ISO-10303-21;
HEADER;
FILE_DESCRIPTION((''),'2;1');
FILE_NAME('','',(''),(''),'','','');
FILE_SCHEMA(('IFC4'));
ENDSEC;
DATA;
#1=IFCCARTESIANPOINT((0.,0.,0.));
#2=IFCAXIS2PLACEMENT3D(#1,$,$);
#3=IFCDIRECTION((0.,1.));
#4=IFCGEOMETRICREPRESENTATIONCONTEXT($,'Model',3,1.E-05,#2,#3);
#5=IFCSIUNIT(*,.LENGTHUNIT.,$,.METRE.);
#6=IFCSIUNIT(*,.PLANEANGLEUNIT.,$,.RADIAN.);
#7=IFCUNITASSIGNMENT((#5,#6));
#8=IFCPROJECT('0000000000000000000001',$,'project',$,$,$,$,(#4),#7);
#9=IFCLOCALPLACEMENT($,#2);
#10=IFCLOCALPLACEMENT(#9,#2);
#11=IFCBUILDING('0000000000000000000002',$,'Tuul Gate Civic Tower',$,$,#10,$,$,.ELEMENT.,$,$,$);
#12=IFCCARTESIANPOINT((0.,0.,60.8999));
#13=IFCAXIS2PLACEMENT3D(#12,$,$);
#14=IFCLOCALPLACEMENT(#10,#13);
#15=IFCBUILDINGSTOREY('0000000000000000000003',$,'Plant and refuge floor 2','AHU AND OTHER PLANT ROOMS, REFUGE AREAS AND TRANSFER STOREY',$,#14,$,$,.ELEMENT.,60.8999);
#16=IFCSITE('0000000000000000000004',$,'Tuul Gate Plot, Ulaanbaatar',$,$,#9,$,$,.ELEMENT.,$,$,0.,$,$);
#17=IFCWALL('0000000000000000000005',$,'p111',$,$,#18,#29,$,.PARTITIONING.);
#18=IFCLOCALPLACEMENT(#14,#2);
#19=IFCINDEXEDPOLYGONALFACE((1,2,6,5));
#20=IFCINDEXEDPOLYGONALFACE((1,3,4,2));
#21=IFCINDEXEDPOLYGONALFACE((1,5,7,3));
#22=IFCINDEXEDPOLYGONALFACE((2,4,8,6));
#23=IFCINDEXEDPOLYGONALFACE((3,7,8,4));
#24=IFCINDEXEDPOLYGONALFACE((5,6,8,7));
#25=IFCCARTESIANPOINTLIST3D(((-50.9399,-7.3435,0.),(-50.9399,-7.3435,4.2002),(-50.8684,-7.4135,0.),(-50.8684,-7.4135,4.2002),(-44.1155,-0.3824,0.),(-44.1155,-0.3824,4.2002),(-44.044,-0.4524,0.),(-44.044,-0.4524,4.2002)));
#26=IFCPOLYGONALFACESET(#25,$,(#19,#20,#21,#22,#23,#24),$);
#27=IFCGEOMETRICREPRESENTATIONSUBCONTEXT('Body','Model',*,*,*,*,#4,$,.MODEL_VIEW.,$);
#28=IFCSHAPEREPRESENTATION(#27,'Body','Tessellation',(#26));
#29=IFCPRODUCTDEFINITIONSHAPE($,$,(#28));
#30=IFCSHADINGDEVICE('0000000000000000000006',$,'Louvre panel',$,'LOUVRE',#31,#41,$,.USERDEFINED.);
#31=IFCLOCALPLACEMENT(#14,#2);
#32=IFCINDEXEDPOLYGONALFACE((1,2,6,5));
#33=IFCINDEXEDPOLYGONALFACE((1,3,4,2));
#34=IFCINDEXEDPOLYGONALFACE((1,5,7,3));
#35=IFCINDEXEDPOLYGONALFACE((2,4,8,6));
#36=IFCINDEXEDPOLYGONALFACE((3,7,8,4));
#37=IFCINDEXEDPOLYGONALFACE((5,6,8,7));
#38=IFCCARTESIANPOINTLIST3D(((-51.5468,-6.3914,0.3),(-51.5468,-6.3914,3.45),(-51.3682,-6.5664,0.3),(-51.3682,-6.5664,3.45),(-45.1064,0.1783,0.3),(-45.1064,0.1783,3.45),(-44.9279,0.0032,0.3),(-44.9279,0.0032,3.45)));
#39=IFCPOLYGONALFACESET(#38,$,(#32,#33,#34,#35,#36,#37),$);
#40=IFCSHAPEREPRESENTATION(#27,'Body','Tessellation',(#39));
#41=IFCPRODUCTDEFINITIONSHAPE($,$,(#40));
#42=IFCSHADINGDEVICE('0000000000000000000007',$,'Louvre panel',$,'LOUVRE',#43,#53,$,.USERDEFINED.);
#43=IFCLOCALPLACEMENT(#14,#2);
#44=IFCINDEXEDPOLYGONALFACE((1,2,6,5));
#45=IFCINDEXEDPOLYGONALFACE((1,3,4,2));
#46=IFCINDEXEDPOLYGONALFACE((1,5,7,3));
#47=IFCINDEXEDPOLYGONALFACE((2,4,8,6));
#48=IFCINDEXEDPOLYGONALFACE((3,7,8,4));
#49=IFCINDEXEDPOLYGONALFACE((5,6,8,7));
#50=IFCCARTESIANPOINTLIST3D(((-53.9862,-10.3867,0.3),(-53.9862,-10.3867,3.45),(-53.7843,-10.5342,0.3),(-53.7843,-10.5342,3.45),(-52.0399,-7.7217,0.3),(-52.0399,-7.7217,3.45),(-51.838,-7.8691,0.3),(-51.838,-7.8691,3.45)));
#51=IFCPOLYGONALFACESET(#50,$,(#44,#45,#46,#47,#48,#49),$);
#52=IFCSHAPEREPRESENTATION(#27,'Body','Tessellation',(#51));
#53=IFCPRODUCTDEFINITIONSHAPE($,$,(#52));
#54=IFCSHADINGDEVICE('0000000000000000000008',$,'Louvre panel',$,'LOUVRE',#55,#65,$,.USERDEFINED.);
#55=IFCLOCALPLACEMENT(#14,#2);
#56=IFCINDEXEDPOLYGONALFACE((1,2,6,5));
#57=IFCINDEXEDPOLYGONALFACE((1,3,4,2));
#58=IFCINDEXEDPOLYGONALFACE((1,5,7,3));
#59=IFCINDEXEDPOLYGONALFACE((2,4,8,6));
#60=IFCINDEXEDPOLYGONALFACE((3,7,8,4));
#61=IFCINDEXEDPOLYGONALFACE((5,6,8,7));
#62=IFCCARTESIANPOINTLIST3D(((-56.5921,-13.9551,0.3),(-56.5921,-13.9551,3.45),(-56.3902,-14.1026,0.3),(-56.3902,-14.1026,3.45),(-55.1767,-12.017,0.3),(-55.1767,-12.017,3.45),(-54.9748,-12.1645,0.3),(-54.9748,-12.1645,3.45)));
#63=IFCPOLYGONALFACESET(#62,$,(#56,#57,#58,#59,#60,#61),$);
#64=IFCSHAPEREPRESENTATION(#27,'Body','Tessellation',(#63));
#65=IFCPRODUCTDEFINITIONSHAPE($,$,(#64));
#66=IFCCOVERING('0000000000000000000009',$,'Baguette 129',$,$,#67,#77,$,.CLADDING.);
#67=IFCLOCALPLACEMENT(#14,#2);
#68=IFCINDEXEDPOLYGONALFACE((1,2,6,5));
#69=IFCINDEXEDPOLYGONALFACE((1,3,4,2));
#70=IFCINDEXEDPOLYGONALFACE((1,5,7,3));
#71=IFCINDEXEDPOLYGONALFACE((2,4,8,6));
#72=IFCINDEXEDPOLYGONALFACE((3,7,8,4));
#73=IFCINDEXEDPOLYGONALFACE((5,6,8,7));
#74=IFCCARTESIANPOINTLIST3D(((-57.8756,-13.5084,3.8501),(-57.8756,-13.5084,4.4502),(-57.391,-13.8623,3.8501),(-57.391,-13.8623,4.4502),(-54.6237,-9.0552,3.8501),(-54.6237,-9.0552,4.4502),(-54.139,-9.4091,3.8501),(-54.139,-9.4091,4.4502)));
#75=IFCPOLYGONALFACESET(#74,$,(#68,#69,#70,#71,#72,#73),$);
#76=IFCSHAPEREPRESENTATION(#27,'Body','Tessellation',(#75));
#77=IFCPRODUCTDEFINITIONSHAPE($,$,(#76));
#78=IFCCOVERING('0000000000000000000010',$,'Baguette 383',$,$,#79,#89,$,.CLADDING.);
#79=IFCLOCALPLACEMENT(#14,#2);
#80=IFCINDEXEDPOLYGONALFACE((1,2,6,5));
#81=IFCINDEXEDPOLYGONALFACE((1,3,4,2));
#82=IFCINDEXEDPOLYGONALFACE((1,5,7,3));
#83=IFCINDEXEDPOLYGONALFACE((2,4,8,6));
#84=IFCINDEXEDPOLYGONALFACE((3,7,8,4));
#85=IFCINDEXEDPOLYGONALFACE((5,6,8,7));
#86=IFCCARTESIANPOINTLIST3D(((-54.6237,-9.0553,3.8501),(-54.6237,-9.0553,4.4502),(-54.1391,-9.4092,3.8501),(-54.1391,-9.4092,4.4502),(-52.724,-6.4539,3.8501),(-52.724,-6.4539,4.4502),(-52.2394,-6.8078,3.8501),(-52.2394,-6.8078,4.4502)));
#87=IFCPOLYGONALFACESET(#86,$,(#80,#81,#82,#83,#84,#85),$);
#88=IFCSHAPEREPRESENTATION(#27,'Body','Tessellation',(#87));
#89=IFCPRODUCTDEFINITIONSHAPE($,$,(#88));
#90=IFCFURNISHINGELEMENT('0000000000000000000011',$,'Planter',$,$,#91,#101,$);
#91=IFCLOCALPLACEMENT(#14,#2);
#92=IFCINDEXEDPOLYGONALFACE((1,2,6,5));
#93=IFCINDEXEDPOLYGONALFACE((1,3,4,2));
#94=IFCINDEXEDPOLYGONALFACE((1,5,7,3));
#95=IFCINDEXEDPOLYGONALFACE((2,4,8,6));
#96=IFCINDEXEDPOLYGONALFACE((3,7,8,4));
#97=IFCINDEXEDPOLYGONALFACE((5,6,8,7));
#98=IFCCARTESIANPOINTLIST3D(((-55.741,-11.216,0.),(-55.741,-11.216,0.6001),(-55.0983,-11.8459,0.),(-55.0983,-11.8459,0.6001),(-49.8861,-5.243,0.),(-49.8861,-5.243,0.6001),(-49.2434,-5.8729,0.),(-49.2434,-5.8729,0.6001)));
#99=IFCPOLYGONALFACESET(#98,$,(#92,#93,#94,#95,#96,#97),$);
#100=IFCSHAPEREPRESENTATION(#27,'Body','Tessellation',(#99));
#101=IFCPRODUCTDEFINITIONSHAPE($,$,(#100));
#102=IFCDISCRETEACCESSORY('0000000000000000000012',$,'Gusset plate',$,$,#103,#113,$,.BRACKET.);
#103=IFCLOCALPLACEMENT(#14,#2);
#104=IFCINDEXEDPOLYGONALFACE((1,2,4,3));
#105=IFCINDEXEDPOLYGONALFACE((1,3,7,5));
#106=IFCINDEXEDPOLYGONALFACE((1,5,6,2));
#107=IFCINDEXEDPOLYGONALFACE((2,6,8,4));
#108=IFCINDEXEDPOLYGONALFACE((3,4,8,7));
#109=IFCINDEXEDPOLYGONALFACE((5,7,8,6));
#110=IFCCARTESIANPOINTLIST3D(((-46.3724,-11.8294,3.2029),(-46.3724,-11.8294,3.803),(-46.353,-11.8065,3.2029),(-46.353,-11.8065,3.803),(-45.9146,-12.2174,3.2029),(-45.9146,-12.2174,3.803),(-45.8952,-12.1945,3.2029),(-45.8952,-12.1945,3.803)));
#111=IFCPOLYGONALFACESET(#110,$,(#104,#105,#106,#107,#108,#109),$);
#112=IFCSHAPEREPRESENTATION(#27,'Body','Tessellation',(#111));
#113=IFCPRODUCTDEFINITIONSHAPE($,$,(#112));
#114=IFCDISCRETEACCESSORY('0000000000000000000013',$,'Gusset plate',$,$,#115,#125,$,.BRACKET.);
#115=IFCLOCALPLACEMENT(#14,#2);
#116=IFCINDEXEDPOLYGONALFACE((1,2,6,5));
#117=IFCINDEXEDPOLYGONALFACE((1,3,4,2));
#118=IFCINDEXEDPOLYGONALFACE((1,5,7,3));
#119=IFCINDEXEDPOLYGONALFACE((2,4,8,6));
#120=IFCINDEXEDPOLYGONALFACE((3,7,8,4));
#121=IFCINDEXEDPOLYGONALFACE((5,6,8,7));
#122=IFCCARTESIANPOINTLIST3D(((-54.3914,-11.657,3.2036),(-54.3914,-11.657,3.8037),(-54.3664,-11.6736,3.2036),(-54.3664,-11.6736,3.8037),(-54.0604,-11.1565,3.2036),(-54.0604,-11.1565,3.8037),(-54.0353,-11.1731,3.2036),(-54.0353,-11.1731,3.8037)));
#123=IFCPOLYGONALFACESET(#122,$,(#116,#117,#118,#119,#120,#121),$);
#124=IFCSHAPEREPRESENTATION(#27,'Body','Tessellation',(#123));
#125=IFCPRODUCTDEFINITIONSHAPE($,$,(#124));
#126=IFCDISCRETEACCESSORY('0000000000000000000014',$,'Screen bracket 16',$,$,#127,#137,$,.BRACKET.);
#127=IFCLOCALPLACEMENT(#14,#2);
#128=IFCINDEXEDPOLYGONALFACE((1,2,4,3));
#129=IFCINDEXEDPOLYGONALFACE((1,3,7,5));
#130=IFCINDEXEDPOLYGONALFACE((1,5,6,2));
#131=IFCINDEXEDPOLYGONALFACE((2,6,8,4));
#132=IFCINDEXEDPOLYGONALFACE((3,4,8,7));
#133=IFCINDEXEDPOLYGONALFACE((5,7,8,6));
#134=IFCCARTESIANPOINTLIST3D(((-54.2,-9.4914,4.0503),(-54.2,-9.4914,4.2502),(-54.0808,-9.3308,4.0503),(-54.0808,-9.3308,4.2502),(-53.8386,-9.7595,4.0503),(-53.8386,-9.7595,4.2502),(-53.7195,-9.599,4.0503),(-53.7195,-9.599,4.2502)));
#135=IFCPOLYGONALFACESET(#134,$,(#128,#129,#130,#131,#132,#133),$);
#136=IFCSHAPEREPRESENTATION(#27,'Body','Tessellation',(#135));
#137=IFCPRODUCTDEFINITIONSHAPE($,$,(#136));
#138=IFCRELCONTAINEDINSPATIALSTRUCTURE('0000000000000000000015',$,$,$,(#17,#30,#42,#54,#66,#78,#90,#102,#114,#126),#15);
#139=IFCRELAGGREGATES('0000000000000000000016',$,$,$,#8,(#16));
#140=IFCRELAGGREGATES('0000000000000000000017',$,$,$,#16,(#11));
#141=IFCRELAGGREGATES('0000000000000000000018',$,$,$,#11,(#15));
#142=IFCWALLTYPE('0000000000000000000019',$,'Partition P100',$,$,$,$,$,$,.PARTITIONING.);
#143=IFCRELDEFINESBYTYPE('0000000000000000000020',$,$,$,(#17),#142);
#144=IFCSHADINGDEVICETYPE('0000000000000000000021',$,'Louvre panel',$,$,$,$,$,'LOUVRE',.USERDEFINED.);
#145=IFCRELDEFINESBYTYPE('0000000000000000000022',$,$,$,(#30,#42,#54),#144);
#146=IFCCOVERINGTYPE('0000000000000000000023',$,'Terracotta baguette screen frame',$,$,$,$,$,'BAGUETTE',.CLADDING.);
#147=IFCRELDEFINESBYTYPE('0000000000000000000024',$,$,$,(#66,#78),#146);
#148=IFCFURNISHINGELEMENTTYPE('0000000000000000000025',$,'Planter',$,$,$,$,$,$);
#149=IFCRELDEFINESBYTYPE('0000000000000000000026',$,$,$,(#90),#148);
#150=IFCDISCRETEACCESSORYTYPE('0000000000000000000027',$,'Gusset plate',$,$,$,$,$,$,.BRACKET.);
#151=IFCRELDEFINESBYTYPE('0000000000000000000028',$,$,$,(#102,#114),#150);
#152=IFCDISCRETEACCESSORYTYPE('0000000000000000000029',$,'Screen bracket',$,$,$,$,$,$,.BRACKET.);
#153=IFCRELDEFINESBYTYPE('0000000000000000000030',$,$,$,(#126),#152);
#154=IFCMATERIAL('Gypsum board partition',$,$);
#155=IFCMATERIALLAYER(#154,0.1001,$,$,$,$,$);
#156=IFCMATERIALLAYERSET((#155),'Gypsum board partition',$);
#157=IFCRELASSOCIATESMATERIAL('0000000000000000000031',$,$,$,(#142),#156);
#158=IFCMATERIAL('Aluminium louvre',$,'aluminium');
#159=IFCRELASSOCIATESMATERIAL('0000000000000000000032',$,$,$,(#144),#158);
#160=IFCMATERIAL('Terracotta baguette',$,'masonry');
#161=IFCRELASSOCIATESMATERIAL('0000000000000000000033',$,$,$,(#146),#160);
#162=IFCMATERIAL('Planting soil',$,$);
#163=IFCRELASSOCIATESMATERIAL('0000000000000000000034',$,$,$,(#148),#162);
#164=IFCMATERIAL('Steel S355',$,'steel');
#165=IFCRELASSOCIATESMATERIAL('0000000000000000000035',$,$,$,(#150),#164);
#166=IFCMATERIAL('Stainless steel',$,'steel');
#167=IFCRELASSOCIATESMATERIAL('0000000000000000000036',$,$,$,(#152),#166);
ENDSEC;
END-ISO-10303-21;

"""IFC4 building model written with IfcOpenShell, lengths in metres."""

from ifc_helpers import new_model, si_unit, direction, frame, frame_2d, origin, origin_2d, place, context, subcontext, project, spatial, rectangle, extrude, material, layer, layer_set, material_profile, profile_set, type_object, element, save


model = new_model("IFC4")

# Units and contexts
model_context = context("Model", 3, precision=1e-05, world=origin(), true_north=direction((0.0, 1.0)))
body_context = subcontext(model_context, "Body", "Model", "MODEL_VIEW")
ifc_project = project(units=[si_unit("LENGTHUNIT", "METRE"), si_unit("PLANEANGLEUNIT", "RADIAN")], contexts=[model_context])

# Site, building, storey
site_placement = place(None, origin())
site = spatial("IfcSite", under=ifc_project, at=site_placement, Name="Tuul Gate Plot, Ulaanbaatar", CompositionType="ELEMENT", RefElevation=0.0)
building_placement = place(site_placement, origin())
building = spatial("IfcBuilding", under=site, at=building_placement, Name="Tuul Gate Civic Tower", CompositionType="ELEMENT")
storey_placement = place(building_placement, frame((0.0, 0.0, 60.8999)))
storey = spatial("IfcBuildingStorey", under=building, at=storey_placement, Name="Plant and refuge floor 2", Description="AHU AND OTHER PLANT ROOMS, REFUGE AREAS AND TRANSFER STOREY", CompositionType="ELEMENT", Elevation=60.8999)

# Wall
ifc_material_1 = material(Name="Gypsum board partition")
ifc_layer_1 = layer(ifc_material_1, 0.1001)
ifc_layer_set_1 = layer_set([ifc_layer_1], Name="Gypsum board partition")
wall_type_1 = type_object("IfcWallType", Name="Partition P100", PredefinedType="PARTITIONING", material=ifc_layer_set_1)
wall_1_placement = place(storey_placement, frame((-50.9041, -7.3784, 0.0), z_axis=(0.0, 0.0, 1.0), x_axis=(0.70006, 0.714084, 0.0)))
element("IfcWall", 1, at=wall_1_placement, inside=storey, type_object=wall_type_1, Name="p111", PredefinedType="PARTITIONING", context=body_context, shape_type="SweptSolid", body=[
    extrude(rectangle(XDim=9.7483, YDim=0.1001, at=frame_2d((4.874, 0.0))), origin(), (0.0, 0.0, 1.0), 4.2002),
])

# Shading devices
ifc_material_2 = material(Name="Aluminium louvre", Category="aluminium")
shading_device_type = type_object("IfcShadingDeviceType", Name="Louvre panel", ElementType="LOUVRE", PredefinedType="USERDEFINED", material=ifc_material_2)
shading_device_1_placement = place(storey_placement, frame((-48.2373, -3.1941, 0.3), z_axis=(0.0, 0.0, 1.0), x_axis=(-0.7141, 0.700043, 0.0)))
element("IfcShadingDevice", 2, at=shading_device_1_placement, inside=storey, type_object=shading_device_type, Name="Louvre panel", ObjectType="LOUVRE", PredefinedType="USERDEFINED", context=body_context, shape_type="SweptSolid", body=[
    extrude(rectangle(XDim=0.25, YDim=9.2, at=origin_2d()), origin(), (0.0, 0.0, 1.0), 3.1499),
])
shading_device_2_placement = place(storey_placement, frame((-52.9121, -9.1279, 0.3), z_axis=(0.0, 0.0, 1.0), x_axis=(0.807578, -0.58976, 0.0)))
element("IfcShadingDevice", 3, at=shading_device_2_placement, inside=storey, type_object=shading_device_type, Name="Louvre panel", ObjectType="LOUVRE", PredefinedType="USERDEFINED", context=body_context, shape_type="SweptSolid", body=[
    extrude(rectangle(XDim=0.25, YDim=3.3, at=origin_2d()), origin(), (0.0, 0.0, 1.0), 3.1499),
])
shading_device_3_placement = place(storey_placement, frame((-55.7834, -13.0598, 0.3), z_axis=(0.0, 0.0, 1.0), x_axis=(0.807578, -0.58976, 0.0)))
element("IfcShadingDevice", 4, at=shading_device_3_placement, inside=storey, type_object=shading_device_type, Name="Louvre panel", ObjectType="LOUVRE", PredefinedType="USERDEFINED", context=body_context, shape_type="SweptSolid", body=[
    extrude(rectangle(XDim=0.25, YDim=2.3999, at=origin_2d()), origin(), (0.0, 0.0, 1.0), 3.1499),
])

# Coverings
ifc_material_3 = material(Name="Terracotta baguette", Category="masonry")
ifc_material_profile_1 = material_profile(ifc_material_3, rectangle(XDim=0.6001, YDim=0.6001, at=origin_2d()), Name="Terracotta baguette screen frame")
ifc_profile_set_1 = profile_set([ifc_material_profile_1], Name="Terracotta baguette")
covering_type = type_object("IfcCoveringType", Name="Terracotta baguette screen frame", ElementType="BAGUETTE", PredefinedType="CLADDING", material=ifc_profile_set_1)
covering_1_placement = place(storey_placement, frame((-54.3813, -9.2322, 4.1501), z_axis=(-0.58975, -0.807586, 0.0), x_axis=(0.807586, -0.58975, 0.0)))
element("IfcCovering", 5, at=covering_1_placement, inside=storey, type_object=covering_type, Name="Baguette 129", PredefinedType="CLADDING", context=body_context, shape_type="SweptSolid", body=[
    extrude(rectangle(XDim=0.6001, YDim=0.6001, at=origin_2d()), origin(), (0.0, 0.0, 1.0), 5.5142),
])
covering_2_placement = place(storey_placement, frame((-52.4817, -6.6309, 4.1501), z_axis=(-0.589752, -0.807584, 0.0), x_axis=(0.807584, -0.589752, 0.0)))
element("IfcCovering", 6, at=covering_2_placement, inside=storey, type_object=covering_type, Name="Baguette 383", PredefinedType="CLADDING", context=body_context, shape_type="SweptSolid", body=[
    extrude(rectangle(XDim=0.6001, YDim=0.6001, at=origin_2d()), origin(), (0.0, 0.0, 1.0), 3.2212),
])

# Furnishing element
ifc_material_4 = material(Name="Planting soil")
furnishing_element_type = type_object("IfcFurnishingElementType", Name="Planter", material=ifc_material_4)
furnishing_placement = place(storey_placement, frame((-52.4922, -8.5444, 0.0), z_axis=(0.0, 0.0, 1.0), x_axis=(-0.700011, -0.714132, 0.0)))
element("IfcFurnishingElement", 7, at=furnishing_placement, inside=storey, type_object=furnishing_element_type, Name="Planter", context=body_context, shape_type="SweptSolid", body=[
    extrude(rectangle(XDim=8.364, YDim=0.8999, at=origin_2d()), origin(), (0.0, 0.0, 1.0), 0.6001),
])

# Discrete accessories
ifc_material_5 = material(Name="Steel S355", Category="steel")
discrete_accessory_type_1 = type_object("IfcDiscreteAccessoryType", Name="Gusset plate", PredefinedType="BRACKET", material=ifc_material_5)
for number, where, z_axis, x_axis, name in (
    (8, (-46.1338, -12.012, 3.2029), (0.0, 0.0, 1.0), (-0.762825, 0.646605, 0.0), "Gusset plate"),
    (9, (-54.2134, -11.415, 3.2036), (0.0, 0.0, 1.0), (0.551645, 0.834079, 0.0), "Gusset plate"),
):
    element("IfcDiscreteAccessory", number, at=place(storey_placement, frame(where, z_axis=z_axis, x_axis=x_axis)), inside=storey, type_object=discrete_accessory_type_1, Name=name, PredefinedType="BRACKET", context=body_context, shape_type="SweptSolid", body=[
        extrude(rectangle(XDim=0.6001, YDim=0.03, at=origin_2d()), origin(), (0.0, 0.0, 1.0), 0.6001),
    ])
ifc_material_6 = material(Name="Stainless steel", Category="steel")
discrete_accessory_type_2 = type_object("IfcDiscreteAccessoryType", Name="Screen bracket", PredefinedType="BRACKET", material=ifc_material_6)
discrete_accessory_placement = place(storey_placement, frame((-53.9597, -9.5452, 4.0503), z_axis=(0.0, 0.0, 1.0), x_axis=(-0.803018, 0.595954, 0.0)))
element("IfcDiscreteAccessory", 10, at=discrete_accessory_placement, inside=storey, type_object=discrete_accessory_type_2, Name="Screen bracket 16", PredefinedType="BRACKET", context=body_context, shape_type="SweptSolid", body=[
    extrude(rectangle(XDim=0.45, YDim=0.2, at=origin_2d()), origin(), (0.0, 0.0, 1.0), 0.2),
])

save(model, "model.ifc")
